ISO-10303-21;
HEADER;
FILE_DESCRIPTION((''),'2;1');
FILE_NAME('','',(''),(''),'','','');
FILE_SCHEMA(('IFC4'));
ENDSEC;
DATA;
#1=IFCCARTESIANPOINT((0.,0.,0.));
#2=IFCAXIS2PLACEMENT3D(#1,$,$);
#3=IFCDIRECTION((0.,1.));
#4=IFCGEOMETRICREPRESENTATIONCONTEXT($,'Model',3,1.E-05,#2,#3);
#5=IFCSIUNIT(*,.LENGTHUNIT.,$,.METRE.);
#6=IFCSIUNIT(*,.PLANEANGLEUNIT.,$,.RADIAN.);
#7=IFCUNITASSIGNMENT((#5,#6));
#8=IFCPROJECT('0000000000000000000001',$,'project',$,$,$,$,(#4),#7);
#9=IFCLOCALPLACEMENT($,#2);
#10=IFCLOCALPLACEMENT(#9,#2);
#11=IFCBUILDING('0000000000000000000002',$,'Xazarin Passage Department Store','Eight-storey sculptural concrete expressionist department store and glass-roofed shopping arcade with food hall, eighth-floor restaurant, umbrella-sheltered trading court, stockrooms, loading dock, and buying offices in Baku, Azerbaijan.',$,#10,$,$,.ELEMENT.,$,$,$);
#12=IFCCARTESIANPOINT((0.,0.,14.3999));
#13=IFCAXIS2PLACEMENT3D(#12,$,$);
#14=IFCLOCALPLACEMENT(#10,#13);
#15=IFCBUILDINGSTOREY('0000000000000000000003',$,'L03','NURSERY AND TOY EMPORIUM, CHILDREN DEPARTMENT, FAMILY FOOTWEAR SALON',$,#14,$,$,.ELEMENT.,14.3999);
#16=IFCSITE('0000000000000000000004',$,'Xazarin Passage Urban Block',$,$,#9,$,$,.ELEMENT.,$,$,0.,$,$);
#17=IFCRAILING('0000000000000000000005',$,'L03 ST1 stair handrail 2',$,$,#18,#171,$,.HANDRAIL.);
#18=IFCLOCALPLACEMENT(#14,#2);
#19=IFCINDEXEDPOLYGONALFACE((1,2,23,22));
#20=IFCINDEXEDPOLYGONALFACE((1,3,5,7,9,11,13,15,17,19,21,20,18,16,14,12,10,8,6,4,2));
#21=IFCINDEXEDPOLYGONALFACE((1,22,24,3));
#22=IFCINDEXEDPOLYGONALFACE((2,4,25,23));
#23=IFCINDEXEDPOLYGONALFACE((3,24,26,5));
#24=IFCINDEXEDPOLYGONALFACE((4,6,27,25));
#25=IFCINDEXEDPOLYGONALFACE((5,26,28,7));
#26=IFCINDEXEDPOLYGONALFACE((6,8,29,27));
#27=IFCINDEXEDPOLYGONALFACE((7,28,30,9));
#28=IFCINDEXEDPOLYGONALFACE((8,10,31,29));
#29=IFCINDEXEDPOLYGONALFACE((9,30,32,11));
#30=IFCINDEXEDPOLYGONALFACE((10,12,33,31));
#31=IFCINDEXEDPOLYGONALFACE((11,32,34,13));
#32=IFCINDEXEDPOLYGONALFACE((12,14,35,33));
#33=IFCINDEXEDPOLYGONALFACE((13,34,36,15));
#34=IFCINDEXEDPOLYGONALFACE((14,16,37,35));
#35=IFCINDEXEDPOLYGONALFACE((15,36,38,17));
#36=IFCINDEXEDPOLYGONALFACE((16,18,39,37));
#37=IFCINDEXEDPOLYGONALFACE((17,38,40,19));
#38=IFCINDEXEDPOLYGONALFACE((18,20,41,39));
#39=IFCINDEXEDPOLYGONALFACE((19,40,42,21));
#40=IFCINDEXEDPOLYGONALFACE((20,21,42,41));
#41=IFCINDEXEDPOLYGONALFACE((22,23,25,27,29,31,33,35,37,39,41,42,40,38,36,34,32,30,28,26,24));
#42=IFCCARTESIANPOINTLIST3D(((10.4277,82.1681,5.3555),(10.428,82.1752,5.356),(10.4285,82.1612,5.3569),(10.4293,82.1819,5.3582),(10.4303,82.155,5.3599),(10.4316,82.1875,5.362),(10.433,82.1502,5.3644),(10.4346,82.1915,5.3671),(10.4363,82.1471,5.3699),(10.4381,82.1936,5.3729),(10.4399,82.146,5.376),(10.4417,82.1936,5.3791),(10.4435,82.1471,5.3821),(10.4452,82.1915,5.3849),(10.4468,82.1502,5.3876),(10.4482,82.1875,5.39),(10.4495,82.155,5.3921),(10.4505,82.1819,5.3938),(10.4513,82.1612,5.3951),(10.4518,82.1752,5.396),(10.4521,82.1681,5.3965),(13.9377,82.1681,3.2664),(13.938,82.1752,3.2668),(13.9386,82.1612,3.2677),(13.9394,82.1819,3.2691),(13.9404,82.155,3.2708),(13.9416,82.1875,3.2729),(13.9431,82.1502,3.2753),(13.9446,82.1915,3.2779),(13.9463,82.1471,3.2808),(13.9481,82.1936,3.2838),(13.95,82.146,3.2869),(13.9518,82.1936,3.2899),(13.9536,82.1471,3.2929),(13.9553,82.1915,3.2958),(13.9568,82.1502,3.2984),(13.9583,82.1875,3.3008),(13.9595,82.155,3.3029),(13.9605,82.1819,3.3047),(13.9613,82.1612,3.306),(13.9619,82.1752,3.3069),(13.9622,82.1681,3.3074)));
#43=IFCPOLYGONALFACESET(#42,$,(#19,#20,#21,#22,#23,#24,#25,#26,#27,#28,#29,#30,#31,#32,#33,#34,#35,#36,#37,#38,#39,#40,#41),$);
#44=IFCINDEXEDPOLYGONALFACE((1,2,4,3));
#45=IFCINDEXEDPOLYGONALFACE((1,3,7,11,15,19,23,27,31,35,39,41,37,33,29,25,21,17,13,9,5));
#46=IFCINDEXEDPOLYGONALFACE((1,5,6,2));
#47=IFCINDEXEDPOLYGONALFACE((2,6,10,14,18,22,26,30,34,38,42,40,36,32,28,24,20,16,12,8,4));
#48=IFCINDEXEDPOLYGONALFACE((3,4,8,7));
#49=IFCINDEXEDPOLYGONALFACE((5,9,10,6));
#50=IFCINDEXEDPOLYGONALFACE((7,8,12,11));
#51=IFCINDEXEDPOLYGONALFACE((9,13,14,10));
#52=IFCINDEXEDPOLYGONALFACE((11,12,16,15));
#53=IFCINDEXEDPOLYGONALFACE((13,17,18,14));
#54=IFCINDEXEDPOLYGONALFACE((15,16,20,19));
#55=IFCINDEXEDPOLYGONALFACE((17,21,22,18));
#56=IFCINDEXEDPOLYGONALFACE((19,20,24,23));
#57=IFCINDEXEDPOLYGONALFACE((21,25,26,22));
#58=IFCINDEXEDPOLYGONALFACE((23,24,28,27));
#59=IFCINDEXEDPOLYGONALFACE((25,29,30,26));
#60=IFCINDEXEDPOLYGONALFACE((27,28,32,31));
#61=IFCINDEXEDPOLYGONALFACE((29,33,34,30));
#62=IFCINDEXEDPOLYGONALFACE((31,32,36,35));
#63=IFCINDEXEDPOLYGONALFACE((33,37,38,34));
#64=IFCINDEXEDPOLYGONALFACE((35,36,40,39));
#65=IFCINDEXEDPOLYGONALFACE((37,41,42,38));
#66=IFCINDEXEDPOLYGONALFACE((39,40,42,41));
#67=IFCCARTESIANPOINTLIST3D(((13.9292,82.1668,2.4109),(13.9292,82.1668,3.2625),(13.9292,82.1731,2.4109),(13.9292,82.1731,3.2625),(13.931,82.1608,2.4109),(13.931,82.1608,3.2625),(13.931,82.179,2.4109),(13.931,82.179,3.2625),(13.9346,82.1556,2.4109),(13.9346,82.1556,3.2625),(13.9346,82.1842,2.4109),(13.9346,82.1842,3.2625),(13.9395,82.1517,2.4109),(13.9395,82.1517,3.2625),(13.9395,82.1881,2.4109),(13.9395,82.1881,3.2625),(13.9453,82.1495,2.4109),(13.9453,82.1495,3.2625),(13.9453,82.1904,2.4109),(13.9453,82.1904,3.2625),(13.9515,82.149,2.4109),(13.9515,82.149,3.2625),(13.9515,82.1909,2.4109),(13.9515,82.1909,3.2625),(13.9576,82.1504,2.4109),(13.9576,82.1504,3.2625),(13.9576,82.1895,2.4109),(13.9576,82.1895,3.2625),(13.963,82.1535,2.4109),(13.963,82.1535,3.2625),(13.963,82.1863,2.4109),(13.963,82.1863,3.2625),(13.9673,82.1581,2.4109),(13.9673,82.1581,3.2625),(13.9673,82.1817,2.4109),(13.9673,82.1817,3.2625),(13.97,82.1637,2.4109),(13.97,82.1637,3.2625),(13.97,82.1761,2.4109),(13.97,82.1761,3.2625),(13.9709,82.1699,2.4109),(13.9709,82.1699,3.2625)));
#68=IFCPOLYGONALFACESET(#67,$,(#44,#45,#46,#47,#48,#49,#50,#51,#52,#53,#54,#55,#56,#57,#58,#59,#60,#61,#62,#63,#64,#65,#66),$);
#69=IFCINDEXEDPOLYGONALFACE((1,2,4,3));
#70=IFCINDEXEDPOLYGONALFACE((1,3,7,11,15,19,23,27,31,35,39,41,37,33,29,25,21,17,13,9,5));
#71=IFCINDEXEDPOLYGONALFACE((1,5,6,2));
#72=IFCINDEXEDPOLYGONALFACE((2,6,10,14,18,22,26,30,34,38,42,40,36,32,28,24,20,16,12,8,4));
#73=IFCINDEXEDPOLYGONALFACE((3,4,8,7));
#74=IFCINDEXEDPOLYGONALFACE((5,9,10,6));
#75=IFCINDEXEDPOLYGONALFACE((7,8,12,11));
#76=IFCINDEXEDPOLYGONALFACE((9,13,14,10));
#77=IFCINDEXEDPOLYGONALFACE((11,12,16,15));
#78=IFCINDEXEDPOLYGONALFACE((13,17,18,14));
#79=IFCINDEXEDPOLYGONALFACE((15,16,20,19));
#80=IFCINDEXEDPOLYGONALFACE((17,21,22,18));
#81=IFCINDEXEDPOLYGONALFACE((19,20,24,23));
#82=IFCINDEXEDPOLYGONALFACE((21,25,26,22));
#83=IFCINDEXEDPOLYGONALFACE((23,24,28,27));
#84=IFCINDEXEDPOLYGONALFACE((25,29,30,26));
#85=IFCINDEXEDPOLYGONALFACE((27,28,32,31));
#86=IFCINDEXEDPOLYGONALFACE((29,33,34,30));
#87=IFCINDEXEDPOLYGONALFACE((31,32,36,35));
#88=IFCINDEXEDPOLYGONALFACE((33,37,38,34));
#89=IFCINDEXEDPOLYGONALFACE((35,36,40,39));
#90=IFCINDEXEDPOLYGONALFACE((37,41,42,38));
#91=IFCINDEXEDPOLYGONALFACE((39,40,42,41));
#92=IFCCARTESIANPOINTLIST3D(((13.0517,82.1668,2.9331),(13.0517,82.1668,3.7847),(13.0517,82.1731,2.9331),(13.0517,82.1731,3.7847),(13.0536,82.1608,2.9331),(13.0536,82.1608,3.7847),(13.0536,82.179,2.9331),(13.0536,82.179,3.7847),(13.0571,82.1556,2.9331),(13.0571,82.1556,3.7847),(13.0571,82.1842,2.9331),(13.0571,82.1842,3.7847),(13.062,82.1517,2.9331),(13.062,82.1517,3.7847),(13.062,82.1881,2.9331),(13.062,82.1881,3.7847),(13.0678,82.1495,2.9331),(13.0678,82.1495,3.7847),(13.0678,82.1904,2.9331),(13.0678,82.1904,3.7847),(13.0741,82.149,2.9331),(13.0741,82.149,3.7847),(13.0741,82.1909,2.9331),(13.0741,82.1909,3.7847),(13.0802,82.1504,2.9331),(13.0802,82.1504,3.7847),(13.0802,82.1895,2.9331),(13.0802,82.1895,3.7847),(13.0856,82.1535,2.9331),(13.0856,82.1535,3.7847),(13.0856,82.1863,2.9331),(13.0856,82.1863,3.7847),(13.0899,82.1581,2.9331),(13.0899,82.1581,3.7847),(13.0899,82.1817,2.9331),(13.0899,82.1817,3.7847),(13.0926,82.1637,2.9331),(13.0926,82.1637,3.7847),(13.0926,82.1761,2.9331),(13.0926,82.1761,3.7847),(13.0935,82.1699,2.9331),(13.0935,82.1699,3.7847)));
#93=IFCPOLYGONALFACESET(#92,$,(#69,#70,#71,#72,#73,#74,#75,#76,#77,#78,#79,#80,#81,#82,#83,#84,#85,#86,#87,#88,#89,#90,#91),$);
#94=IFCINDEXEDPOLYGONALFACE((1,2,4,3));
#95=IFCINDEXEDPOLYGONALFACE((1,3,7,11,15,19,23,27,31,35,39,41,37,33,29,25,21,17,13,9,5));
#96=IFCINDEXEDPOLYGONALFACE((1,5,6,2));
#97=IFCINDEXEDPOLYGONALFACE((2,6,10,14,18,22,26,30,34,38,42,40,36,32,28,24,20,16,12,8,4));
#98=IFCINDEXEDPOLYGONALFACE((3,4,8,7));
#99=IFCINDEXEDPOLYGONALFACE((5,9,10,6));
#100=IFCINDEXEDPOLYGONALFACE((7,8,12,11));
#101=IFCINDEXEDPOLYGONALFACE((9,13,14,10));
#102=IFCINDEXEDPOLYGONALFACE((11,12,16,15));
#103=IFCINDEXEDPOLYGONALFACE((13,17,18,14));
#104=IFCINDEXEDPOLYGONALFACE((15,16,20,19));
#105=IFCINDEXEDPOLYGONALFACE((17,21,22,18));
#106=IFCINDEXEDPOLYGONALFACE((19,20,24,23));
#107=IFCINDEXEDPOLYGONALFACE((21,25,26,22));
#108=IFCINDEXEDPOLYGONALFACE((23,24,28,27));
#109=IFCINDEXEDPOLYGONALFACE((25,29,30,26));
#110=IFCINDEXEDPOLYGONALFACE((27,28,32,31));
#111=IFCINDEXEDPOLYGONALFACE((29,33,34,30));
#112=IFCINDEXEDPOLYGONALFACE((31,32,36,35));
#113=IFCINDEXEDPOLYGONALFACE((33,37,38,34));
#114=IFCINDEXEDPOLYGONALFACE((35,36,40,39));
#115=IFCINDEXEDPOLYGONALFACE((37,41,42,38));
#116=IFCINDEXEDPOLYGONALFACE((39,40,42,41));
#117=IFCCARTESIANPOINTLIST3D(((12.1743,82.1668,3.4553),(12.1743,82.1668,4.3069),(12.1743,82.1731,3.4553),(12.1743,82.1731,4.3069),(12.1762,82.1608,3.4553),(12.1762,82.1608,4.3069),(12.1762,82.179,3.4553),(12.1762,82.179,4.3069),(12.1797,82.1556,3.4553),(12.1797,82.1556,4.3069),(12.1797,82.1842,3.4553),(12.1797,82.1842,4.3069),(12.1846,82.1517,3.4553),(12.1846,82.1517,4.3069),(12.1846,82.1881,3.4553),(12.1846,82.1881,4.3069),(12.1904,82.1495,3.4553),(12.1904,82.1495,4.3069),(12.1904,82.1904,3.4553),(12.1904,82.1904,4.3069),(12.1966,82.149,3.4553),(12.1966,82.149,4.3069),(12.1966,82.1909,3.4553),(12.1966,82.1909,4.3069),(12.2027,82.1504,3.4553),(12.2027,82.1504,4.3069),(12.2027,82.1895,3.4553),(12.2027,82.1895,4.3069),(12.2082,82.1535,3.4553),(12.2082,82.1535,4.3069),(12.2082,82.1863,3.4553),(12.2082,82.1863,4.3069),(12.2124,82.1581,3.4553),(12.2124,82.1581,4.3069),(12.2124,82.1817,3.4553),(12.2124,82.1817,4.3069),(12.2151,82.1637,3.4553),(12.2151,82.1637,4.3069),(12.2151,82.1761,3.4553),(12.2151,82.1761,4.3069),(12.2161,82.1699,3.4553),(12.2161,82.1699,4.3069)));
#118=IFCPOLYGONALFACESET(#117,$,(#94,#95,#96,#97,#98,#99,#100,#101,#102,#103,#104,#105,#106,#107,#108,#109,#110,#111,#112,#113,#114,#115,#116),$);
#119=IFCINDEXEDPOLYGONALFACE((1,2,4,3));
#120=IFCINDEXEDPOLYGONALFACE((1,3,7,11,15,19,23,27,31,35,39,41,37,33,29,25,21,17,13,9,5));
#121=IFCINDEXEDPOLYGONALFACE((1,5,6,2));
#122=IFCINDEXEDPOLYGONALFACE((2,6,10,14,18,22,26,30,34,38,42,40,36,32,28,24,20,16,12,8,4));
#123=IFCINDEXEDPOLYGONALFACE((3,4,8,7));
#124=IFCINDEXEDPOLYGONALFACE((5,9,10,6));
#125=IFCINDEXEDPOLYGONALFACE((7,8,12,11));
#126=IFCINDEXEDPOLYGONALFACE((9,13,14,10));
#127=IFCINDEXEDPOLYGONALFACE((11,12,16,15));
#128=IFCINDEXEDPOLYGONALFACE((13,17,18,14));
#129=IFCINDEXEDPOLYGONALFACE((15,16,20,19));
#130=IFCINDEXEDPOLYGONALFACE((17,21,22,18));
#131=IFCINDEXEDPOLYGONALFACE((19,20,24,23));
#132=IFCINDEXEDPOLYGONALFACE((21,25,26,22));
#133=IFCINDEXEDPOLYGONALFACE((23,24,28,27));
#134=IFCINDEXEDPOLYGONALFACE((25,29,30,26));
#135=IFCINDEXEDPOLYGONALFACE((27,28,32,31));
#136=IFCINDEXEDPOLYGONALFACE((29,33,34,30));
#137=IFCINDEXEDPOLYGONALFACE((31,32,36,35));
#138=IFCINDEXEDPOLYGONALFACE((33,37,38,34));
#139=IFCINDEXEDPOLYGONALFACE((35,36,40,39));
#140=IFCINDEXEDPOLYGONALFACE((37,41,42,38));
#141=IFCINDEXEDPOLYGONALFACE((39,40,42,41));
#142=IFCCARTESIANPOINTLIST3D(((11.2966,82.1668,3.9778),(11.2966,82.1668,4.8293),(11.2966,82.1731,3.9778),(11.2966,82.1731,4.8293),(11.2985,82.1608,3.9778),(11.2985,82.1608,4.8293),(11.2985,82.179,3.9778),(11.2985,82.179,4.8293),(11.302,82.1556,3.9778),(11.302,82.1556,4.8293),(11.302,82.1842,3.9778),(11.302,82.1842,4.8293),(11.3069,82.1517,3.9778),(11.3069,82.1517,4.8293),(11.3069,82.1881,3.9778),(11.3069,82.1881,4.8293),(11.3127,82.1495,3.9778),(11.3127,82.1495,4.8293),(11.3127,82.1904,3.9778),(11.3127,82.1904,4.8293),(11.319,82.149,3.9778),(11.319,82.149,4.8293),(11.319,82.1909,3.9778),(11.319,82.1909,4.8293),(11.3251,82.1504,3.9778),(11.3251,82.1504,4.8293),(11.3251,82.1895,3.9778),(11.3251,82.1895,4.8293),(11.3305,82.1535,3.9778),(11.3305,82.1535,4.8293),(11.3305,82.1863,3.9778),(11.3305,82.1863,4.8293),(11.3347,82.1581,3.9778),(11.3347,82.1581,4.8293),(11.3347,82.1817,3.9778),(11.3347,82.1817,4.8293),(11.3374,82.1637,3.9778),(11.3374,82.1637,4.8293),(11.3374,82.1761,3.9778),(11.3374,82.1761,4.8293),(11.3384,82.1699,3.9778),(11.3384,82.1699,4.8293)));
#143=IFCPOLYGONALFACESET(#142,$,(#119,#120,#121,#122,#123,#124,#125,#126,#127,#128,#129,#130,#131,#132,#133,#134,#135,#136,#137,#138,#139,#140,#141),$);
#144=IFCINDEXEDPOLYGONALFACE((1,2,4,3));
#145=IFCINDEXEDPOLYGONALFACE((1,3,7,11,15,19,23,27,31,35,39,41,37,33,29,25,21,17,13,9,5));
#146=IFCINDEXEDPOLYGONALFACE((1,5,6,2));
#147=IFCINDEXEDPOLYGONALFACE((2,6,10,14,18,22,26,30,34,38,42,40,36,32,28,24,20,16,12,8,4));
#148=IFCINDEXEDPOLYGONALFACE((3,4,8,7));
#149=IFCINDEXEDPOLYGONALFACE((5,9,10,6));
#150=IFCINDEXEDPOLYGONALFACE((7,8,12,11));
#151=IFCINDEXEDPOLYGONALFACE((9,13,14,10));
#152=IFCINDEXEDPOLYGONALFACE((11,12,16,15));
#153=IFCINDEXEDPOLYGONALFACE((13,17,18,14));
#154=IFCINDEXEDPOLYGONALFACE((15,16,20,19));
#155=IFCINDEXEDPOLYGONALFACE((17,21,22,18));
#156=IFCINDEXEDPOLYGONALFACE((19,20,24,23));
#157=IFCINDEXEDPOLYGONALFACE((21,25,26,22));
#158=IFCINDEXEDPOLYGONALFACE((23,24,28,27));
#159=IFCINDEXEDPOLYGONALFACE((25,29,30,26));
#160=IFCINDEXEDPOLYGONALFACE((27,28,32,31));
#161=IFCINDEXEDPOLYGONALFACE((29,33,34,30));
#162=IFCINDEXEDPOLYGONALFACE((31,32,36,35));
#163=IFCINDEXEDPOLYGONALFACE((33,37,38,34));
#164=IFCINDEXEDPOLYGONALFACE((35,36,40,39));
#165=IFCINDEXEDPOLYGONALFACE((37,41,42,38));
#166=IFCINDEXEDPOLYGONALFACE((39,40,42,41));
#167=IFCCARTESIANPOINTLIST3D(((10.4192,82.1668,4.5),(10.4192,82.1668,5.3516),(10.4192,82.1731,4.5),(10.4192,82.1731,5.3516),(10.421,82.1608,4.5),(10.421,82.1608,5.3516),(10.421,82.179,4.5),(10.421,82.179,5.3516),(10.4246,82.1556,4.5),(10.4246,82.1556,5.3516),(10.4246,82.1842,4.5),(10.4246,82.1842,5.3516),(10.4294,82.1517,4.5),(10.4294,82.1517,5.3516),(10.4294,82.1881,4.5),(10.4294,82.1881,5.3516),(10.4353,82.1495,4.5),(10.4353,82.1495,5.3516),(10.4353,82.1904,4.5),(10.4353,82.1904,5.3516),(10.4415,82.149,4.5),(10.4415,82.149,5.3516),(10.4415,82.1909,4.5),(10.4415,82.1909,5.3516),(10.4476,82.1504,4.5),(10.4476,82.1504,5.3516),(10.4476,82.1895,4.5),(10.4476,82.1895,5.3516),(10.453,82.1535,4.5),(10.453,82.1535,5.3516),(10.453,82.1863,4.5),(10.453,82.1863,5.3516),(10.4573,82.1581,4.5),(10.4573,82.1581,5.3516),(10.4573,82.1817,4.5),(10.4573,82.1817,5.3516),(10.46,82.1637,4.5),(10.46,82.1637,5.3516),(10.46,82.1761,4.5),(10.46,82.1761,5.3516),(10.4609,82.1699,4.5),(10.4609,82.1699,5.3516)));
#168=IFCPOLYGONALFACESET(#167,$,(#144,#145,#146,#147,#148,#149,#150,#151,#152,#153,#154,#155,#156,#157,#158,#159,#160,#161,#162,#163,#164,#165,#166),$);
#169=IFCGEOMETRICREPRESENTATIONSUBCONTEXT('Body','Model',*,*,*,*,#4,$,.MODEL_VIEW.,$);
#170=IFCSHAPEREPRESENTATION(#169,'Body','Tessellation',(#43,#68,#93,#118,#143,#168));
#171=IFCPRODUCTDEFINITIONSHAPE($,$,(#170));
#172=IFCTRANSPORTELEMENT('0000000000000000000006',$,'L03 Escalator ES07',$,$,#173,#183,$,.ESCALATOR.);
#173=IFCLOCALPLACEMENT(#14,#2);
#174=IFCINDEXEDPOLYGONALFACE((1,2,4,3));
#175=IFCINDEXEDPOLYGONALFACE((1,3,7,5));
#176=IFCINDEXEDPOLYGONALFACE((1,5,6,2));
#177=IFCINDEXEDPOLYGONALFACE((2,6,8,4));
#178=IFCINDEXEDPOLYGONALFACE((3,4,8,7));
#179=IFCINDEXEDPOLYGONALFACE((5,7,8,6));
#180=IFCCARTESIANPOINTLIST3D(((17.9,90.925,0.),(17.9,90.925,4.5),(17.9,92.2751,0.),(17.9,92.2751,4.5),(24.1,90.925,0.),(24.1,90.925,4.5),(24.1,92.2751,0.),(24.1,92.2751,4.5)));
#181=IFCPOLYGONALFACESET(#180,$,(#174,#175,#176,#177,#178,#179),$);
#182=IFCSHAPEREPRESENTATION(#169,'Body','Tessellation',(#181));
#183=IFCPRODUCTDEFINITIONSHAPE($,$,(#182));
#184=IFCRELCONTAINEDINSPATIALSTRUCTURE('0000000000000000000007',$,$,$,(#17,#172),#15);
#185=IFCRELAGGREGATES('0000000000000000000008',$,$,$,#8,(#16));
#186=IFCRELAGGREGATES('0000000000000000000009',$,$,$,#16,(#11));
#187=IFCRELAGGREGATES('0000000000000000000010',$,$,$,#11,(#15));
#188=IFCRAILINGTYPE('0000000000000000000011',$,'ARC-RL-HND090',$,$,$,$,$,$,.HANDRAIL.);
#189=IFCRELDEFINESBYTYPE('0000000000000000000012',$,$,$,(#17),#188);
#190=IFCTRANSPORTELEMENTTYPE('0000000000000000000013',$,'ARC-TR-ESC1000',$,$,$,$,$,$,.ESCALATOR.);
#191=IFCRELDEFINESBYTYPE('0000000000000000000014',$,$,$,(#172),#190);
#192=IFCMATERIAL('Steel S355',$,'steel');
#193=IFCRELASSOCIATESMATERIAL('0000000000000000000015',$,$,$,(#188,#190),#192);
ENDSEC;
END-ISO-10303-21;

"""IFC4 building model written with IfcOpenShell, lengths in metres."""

from ifc_helpers import new_model, si_unit, direction, frame, origin, origin_2d, place, context, subcontext, project, spatial, rectangle, circle, extrude, material, type_object, element, save


model = new_model("IFC4")

# Units and contexts
model_context = context("Model", 3, precision=1e-05, world=origin(), true_north=direction((0.0, 1.0)))
body_context = subcontext(model_context, "Body", "Model", "MODEL_VIEW")
ifc_project = project(units=[si_unit("LENGTHUNIT", "METRE"), si_unit("PLANEANGLEUNIT", "RADIAN")], contexts=[model_context])

# Site, building, storey
site_placement = place(None, origin())
site = spatial("IfcSite", under=ifc_project, at=site_placement, Name="Xazarin Passage Urban Block", CompositionType="ELEMENT", RefElevation=0.0)
building_placement = place(site_placement, origin())
building = spatial("IfcBuilding", under=site, at=building_placement, Name="Xazarin Passage Department Store", Description="Eight-storey sculptural concrete expressionist department store and glass-roofed shopping arcade with food hall, eighth-floor restaurant, umbrella-sheltered trading court, stockrooms, loading dock, and buying offices in Baku, Azerbaijan.", CompositionType="ELEMENT")
storey_placement = place(building_placement, frame((0.0, 0.0, 14.3999)))
storey = spatial("IfcBuildingStorey", under=building, at=storey_placement, Name="L03", Description="NURSERY AND TOY EMPORIUM, CHILDREN DEPARTMENT, FAMILY FOOTWEAR SALON", CompositionType="ELEMENT", Elevation=14.3999)

# Railing
ifc_material_1 = material(Name="Steel S355", Category="steel")
railing_type_1 = type_object("IfcRailingType", Name="ARC-RL-HND090", PredefinedType="HANDRAIL", material=ifc_material_1)
railing_1_placement = place(storey_placement, frame((13.95, 82.1699, 2.4109)))
element("IfcRailing", 1, at=railing_1_placement, inside=storey, type_object=railing_type_1, Name="L03 ST1 stair handrail 2", PredefinedType="HANDRAIL", context=body_context, shape_type="SweptSolid", body=[
    extrude(circle(Radius=0.0239, at=origin_2d()), frame((0.0, 0.0, 0.876), z_axis=(-0.859312, 0.0, 0.511451), x_axis=(0.0, -1.0, 0.0)), (0.0, 0.0, 1.0), 4.0847),
    extrude(circle(Radius=0.021, at=origin_2d()), origin(), (0.0, 0.0, 1.0), 0.8516),
    extrude(circle(Radius=0.021, at=origin_2d()), frame((-0.8774, 0.0, 0.5222)), (0.0, 0.0, 1.0), 0.8516),
    extrude(circle(Radius=0.021, at=origin_2d()), frame((-1.7549, 0.0, 1.0444)), (0.0, 0.0, 1.0), 0.8516),
    extrude(circle(Radius=0.021, at=origin_2d()), frame((-2.6326, 0.0, 1.5669)), (0.0, 0.0, 1.0), 0.8516),
    extrude(circle(Radius=0.021, at=origin_2d()), frame((-3.51, 0.0, 2.0891)), (0.0, 0.0, 1.0), 0.8516),
])

# Transport element
transport_element_type = type_object("IfcTransportElementType", Name="ARC-TR-ESC1000", PredefinedType="ESCALATOR", material=ifc_material_1)
transport_element_placement = place(storey_placement, frame((21.0, 91.6001, 0.0), z_axis=(0.0, 0.0, 1.0), x_axis=(1.0, 0.0, 0.0)))
element("IfcTransportElement", 2, at=transport_element_placement, inside=storey, type_object=transport_element_type, Name="L03 Escalator ES07", PredefinedType="ESCALATOR", context=body_context, shape_type="SweptSolid", body=[
    extrude(rectangle(XDim=6.2, YDim=1.3501, at=origin_2d()), origin(), (0.0, 0.0, 1.0), 4.5),
])

save(model, "model.ifc")
